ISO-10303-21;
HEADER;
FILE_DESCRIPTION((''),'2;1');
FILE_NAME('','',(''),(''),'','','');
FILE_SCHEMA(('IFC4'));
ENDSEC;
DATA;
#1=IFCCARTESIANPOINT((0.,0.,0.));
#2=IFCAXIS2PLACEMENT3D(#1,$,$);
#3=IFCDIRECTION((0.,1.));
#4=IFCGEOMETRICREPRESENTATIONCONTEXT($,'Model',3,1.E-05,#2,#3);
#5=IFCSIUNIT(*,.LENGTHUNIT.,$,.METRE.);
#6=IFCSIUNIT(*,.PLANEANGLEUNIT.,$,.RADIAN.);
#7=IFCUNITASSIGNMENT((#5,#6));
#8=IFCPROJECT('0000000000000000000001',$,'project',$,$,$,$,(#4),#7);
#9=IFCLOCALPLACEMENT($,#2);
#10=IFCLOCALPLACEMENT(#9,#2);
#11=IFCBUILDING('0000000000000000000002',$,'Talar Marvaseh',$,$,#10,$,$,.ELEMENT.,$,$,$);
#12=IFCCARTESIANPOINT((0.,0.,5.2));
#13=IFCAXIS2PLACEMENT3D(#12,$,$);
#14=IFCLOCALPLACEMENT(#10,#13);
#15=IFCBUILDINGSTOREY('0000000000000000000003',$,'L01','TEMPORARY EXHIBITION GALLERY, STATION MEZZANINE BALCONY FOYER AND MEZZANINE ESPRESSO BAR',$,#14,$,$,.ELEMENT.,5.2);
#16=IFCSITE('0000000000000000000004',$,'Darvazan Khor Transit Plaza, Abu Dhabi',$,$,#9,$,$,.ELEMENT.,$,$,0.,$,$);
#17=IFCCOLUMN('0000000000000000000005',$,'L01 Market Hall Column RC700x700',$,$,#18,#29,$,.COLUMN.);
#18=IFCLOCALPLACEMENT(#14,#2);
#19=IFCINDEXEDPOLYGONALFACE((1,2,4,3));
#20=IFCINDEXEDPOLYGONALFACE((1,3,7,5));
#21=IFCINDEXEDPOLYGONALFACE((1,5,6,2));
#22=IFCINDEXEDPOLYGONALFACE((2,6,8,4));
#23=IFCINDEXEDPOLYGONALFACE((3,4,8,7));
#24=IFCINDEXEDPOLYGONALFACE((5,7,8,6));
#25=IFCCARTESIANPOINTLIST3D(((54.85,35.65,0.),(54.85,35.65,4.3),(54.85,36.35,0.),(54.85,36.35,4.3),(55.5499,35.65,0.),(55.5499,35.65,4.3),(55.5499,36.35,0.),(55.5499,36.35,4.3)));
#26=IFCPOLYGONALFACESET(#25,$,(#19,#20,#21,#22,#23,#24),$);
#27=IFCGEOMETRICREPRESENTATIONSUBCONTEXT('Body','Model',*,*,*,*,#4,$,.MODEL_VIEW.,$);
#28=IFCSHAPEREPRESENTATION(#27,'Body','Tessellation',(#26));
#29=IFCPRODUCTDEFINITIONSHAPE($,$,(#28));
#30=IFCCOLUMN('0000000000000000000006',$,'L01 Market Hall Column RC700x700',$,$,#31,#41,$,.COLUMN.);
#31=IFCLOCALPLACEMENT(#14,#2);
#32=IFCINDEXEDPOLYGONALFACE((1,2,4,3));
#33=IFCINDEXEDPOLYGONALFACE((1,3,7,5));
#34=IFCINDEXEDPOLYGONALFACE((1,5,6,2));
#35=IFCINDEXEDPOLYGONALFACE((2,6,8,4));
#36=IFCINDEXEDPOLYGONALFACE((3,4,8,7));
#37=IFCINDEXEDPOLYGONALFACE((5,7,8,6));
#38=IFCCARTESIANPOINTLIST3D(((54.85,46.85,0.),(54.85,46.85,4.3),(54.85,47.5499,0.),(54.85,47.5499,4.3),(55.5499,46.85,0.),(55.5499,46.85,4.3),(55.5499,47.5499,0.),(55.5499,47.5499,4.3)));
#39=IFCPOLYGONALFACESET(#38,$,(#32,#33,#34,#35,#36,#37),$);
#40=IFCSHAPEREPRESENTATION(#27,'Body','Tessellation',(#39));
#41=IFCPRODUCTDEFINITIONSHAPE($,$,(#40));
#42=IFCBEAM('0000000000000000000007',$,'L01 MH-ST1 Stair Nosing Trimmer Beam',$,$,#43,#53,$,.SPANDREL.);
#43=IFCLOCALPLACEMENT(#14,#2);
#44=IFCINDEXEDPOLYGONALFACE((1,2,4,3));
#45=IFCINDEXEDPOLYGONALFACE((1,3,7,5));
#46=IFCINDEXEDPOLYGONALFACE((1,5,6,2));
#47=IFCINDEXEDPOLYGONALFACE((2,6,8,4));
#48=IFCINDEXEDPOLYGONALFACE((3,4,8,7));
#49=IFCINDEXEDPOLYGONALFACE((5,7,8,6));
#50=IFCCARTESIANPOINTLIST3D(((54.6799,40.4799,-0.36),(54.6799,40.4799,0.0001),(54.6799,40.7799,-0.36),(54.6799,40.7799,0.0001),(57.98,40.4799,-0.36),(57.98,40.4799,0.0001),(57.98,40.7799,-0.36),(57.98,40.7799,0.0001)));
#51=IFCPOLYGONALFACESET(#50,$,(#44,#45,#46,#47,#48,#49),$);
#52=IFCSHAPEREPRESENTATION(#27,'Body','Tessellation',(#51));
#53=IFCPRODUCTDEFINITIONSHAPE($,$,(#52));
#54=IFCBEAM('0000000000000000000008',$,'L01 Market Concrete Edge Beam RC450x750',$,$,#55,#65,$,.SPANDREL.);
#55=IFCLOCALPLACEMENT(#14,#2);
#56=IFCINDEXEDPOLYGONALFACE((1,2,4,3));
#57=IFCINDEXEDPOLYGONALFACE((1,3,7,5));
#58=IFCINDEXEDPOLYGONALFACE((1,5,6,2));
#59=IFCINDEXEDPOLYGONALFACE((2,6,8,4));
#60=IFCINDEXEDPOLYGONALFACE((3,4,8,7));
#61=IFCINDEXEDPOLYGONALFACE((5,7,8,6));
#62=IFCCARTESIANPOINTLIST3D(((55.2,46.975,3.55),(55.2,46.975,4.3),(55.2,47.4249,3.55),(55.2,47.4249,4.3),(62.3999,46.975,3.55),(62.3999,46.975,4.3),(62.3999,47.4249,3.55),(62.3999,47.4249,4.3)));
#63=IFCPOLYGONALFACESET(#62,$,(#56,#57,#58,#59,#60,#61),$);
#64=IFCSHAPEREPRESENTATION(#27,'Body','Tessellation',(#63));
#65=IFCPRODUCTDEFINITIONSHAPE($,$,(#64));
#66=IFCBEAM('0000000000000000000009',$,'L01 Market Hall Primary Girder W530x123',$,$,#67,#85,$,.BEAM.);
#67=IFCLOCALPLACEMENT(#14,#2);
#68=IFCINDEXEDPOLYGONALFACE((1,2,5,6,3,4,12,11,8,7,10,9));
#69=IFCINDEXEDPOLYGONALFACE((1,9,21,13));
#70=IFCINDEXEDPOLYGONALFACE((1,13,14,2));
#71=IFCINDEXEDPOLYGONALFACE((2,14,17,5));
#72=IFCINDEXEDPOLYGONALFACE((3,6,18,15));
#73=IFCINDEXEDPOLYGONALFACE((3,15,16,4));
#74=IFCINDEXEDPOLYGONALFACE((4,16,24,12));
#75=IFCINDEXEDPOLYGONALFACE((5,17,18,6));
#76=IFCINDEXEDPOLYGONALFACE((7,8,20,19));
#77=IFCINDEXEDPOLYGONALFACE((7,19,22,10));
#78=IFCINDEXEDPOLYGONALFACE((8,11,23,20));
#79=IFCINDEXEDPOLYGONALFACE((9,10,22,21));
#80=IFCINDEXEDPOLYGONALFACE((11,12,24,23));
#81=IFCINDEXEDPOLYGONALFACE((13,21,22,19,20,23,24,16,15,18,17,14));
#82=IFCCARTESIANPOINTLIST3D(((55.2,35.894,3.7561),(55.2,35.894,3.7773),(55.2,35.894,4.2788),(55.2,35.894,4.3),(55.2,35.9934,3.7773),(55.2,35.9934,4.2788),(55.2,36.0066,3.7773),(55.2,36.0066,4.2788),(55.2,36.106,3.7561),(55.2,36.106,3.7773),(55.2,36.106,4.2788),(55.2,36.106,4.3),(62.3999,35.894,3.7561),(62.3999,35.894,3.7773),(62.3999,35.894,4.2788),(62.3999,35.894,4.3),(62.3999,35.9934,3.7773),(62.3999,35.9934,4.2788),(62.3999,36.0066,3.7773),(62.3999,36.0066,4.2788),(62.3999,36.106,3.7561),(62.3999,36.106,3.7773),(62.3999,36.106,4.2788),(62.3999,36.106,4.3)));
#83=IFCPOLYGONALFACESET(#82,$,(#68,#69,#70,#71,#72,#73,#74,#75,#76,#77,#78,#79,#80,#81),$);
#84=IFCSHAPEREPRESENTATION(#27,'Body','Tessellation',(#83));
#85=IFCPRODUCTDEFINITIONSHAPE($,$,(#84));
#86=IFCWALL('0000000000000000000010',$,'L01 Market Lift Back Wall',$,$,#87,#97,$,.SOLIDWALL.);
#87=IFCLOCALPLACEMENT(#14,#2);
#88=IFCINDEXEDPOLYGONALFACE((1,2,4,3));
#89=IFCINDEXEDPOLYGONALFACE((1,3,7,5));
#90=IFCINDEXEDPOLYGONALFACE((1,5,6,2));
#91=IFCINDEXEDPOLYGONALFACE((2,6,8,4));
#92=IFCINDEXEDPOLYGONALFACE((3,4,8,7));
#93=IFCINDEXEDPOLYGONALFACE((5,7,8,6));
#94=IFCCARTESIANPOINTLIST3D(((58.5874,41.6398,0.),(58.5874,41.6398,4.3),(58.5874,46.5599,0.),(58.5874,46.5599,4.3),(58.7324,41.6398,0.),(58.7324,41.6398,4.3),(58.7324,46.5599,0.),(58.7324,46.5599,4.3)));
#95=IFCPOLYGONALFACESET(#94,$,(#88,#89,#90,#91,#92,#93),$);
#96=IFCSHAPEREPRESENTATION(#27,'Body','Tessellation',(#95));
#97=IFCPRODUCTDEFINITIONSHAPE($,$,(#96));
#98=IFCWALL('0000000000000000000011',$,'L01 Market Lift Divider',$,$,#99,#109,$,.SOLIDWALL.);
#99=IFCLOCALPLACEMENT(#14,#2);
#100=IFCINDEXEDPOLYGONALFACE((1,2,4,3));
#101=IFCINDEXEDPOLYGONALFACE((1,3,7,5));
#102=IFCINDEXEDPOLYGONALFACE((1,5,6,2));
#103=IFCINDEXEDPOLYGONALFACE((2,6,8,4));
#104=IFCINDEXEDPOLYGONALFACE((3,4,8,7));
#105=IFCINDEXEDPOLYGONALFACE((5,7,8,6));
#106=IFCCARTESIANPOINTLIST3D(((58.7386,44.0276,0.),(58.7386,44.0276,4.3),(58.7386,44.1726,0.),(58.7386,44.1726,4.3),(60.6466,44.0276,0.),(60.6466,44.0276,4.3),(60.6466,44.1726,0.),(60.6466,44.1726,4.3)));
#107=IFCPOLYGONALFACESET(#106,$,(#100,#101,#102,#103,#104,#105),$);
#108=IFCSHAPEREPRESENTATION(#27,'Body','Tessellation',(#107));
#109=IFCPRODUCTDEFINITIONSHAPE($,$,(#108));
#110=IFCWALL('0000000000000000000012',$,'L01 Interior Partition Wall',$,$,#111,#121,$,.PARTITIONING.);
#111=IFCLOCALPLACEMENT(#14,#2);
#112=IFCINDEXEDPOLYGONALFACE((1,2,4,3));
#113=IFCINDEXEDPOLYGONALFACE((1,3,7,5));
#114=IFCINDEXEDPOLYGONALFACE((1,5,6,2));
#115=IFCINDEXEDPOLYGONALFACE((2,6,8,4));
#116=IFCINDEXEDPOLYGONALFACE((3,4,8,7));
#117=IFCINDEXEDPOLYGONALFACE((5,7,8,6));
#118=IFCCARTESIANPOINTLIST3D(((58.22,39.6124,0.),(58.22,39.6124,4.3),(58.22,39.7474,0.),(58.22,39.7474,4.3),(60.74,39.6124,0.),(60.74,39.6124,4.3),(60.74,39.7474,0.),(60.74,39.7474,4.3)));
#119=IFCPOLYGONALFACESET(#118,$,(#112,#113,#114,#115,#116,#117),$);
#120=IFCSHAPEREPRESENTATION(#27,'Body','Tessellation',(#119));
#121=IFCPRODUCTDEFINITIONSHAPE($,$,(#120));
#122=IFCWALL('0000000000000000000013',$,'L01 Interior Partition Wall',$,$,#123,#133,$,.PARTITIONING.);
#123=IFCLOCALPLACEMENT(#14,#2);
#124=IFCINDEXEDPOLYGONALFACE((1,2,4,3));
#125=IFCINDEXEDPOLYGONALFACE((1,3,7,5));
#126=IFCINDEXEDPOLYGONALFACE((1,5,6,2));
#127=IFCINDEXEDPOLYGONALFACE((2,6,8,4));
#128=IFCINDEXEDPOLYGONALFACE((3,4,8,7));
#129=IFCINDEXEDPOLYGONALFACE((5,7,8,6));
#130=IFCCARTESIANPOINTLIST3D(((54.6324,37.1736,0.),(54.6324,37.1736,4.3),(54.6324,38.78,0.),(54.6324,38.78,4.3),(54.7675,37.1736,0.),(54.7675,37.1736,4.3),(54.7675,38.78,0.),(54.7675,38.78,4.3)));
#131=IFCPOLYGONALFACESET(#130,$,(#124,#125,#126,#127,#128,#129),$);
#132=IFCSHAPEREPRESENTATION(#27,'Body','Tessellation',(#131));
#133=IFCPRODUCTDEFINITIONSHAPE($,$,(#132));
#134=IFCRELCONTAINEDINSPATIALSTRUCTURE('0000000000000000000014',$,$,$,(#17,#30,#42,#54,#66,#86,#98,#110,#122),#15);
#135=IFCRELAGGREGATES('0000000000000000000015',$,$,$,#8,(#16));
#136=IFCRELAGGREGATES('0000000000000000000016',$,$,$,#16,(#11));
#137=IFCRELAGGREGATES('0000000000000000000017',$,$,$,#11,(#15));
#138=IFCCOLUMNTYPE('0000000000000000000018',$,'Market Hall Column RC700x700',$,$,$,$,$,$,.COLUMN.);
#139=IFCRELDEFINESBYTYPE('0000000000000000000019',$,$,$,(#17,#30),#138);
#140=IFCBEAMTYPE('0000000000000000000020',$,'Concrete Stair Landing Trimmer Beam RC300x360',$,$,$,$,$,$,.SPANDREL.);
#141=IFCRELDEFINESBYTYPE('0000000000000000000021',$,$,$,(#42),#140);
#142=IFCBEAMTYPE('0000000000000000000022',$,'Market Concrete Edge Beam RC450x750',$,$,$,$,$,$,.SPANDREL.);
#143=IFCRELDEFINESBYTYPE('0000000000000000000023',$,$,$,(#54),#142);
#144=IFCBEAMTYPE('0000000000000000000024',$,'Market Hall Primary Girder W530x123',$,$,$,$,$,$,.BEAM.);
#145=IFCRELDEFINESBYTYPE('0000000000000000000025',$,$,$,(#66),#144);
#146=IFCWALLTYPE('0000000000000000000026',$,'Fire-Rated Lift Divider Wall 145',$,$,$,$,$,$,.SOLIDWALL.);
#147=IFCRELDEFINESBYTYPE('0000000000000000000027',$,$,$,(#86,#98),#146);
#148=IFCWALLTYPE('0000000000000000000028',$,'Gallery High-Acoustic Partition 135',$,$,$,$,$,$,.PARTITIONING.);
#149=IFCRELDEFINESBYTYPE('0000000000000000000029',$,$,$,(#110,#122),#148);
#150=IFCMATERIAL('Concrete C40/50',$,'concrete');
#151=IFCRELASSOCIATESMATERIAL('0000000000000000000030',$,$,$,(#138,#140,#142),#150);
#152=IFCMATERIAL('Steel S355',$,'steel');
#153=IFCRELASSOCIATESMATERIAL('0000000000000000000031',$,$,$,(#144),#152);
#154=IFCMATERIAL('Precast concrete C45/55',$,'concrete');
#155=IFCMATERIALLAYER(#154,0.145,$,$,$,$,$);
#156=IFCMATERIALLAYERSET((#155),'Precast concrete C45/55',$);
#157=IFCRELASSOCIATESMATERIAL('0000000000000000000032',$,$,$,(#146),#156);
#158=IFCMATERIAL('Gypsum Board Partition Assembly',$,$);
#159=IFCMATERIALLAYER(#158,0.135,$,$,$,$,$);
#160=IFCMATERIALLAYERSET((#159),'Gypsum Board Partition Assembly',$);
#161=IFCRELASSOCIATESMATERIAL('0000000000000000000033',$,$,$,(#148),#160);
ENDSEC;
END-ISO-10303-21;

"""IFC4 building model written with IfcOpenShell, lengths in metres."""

from ifc_helpers import new_model, si_unit, direction, frame, frame_2d, origin, origin_2d, place, context, subcontext, project, spatial, rectangle, i_section, extrude, material, layer, layer_set, material_profile, profile_set, type_object, element, save


model = new_model("IFC4")

# Units and contexts
model_context = context("Model", 3, precision=1e-05, world=origin(), true_north=direction((0.0, 1.0)))
body_context = subcontext(model_context, "Body", "Model", "MODEL_VIEW")
ifc_project = project(units=[si_unit("LENGTHUNIT", "METRE"), si_unit("PLANEANGLEUNIT", "RADIAN")], contexts=[model_context])

# Site, building, storey
site_placement = place(None, origin())
site = spatial("IfcSite", under=ifc_project, at=site_placement, Name="Darvazan Khor Transit Plaza, Abu Dhabi", CompositionType="ELEMENT", RefElevation=0.0)
building_placement = place(site_placement, origin())
building = spatial("IfcBuilding", under=site, at=building_placement, Name="Talar Marvaseh", CompositionType="ELEMENT")
storey_placement = place(building_placement, frame((0.0, 0.0, 5.2)))
storey = spatial("IfcBuildingStorey", under=building, at=storey_placement, Name="L01", Description="TEMPORARY EXHIBITION GALLERY, STATION MEZZANINE BALCONY FOYER AND MEZZANINE ESPRESSO BAR", CompositionType="ELEMENT", Elevation=5.2)

# Columns
ifc_material_1 = material(Name="Concrete C40/50", Category="concrete")
ifc_material_profile_1 = material_profile(ifc_material_1, rectangle(XDim=0.7, YDim=0.7, at=origin_2d()), Name="RC700x700")
ifc_profile_set_1 = profile_set([ifc_material_profile_1], Name="Concrete C40/50")
column_type = type_object("IfcColumnType", Name="Market Hall Column RC700x700", PredefinedType="COLUMN", material=ifc_profile_set_1)
for number, where, z_axis, x_axis, name in (
    (1, (55.2, 36.0, 0.0), (0.0, 0.0, 1.0), (1.0, 0.0, 0.0), "L01 Market Hall Column RC700x700"),
    (2, (55.2, 47.2, 0.0), (0.0, 0.0, 1.0), (1.0, 0.0, 0.0), "L01 Market Hall Column RC700x700"),
):
    element("IfcColumn", number, at=place(storey_placement, frame(where, z_axis=z_axis, x_axis=x_axis)), inside=storey, type_object=column_type, Name=name, PredefinedType="COLUMN", context=body_context, shape_type="SweptSolid", body=[
        extrude(rectangle(XDim=0.7, YDim=0.7, at=origin_2d()), origin(), (0.0, 0.0, 1.0), 4.3),
    ])

# Beams
ifc_material_profile_2 = material_profile(ifc_material_1, rectangle(XDim=0.3, YDim=0.3601, at=origin_2d()), Name="RC300x360")
ifc_profile_set_2 = profile_set([ifc_material_profile_2], Name="Concrete C40/50")
beam_type_1 = type_object("IfcBeamType", Name="Concrete Stair Landing Trimmer Beam RC300x360", PredefinedType="SPANDREL", material=ifc_profile_set_2)
beam_1_placement = place(storey_placement, frame((57.98, 40.6299, -0.1799), z_axis=(-1.0, 0.0, 0.0), x_axis=(0.0, -1.0, 0.0)))
element("IfcBeam", 3, at=beam_1_placement, inside=storey, type_object=beam_type_1, Name="L01 MH-ST1 Stair Nosing Trimmer Beam", PredefinedType="SPANDREL", context=body_context, shape_type="SweptSolid", body=[
    extrude(rectangle(XDim=0.3, YDim=0.3601, at=origin_2d()), origin(), (0.0, 0.0, 1.0), 3.3),
])
ifc_material_profile_3 = material_profile(ifc_material_1, rectangle(XDim=0.45, YDim=0.75, at=origin_2d()), Name="RC450x750")
ifc_profile_set_3 = profile_set([ifc_material_profile_3], Name="Concrete C40/50")
beam_type_2 = type_object("IfcBeamType", Name="Market Concrete Edge Beam RC450x750", PredefinedType="SPANDREL", material=ifc_profile_set_3)
beam_2_placement = place(storey_placement, frame((55.2, 47.2, 3.925), z_axis=(1.0, 0.0, 0.0), x_axis=(0.0, 1.0, 0.0)))
element("IfcBeam", 4, at=beam_2_placement, inside=storey, type_object=beam_type_2, Name="L01 Market Concrete Edge Beam RC450x750", PredefinedType="SPANDREL", context=body_context, shape_type="SweptSolid", body=[
    extrude(rectangle(XDim=0.45, YDim=0.75, at=origin_2d()), origin(), (0.0, 0.0, 1.0), 7.2),
])
ifc_material_2 = material(Name="Steel S355", Category="steel")
ifc_material_profile_4 = material_profile(ifc_material_2, i_section(OverallWidth=0.2119, OverallDepth=0.5439, WebThickness=0.0132, FlangeThickness=0.0212, at=origin_2d()), Name="W530x123")
ifc_profile_set_4 = profile_set([ifc_material_profile_4], Name="Steel S355")
beam_type_3 = type_object("IfcBeamType", Name="Market Hall Primary Girder W530x123", PredefinedType="BEAM", material=ifc_profile_set_4)
beam_3_placement = place(storey_placement, frame((55.2, 36.0, 4.0281), z_axis=(1.0, 0.0, 0.0), x_axis=(0.0, 1.0, 0.0)))
element("IfcBeam", 5, at=beam_3_placement, inside=storey, type_object=beam_type_3, Name="L01 Market Hall Primary Girder W530x123", PredefinedType="BEAM", context=body_context, shape_type="SweptSolid", body=[
    extrude(i_section(OverallWidth=0.2119, OverallDepth=0.5439, WebThickness=0.0132, FlangeThickness=0.0212, at=origin_2d()), origin(), (0.0, 0.0, 1.0), 7.2),
])

# Walls
ifc_material_3 = material(Name="Precast concrete C45/55", Category="concrete")
ifc_layer_1 = layer(ifc_material_3, 0.145)
ifc_layer_set_1 = layer_set([ifc_layer_1], Name="Precast concrete C45/55")
wall_type_1 = type_object("IfcWallType", Name="Fire-Rated Lift Divider Wall 145", PredefinedType="SOLIDWALL", material=ifc_layer_set_1)
wall_1_placement = place(storey_placement, frame((58.6599, 41.6399, 0.0), z_axis=(0.0, 0.0, 1.0), x_axis=(0.0, 1.0, 0.0)))
element("IfcWall", 6, at=wall_1_placement, inside=storey, type_object=wall_type_1, Name="L01 Market Lift Back Wall", PredefinedType="SOLIDWALL", context=body_context, shape_type="SweptSolid", body=[
    extrude(rectangle(XDim=4.9202, YDim=0.145, at=frame_2d((2.46, 0.0))), origin(), (0.0, 0.0, 1.0), 4.3),
])
wall_2_placement = place(storey_placement, frame((58.7385, 44.1001, 0.0), z_axis=(0.0, 0.0, 1.0), x_axis=(1.0, 0.0, 0.0)))
element("IfcWall", 7, at=wall_2_placement, inside=storey, type_object=wall_type_1, Name="L01 Market Lift Divider", PredefinedType="SOLIDWALL", context=body_context, shape_type="SweptSolid", body=[
    extrude(rectangle(XDim=1.908, YDim=0.145, at=frame_2d((0.9541, 0.0))), origin(), (0.0, 0.0, 1.0), 4.3),
])
ifc_material_4 = material(Name="Gypsum Board Partition Assembly")
ifc_layer_2 = layer(ifc_material_4, 0.135)
ifc_layer_set_2 = layer_set([ifc_layer_2], Name="Gypsum Board Partition Assembly")
wall_type_2 = type_object("IfcWallType", Name="Gallery High-Acoustic Partition 135", PredefinedType="PARTITIONING", material=ifc_layer_set_2)
wall_3_placement = place(storey_placement, frame((58.22, 39.6799, 0.0), z_axis=(0.0, 0.0, 1.0), x_axis=(1.0, 0.0, 0.0)))
element("IfcWall", 8, at=wall_3_placement, inside=storey, type_object=wall_type_2, Name="L01 Interior Partition Wall", PredefinedType="PARTITIONING", context=body_context, shape_type="SweptSolid", body=[
    extrude(rectangle(XDim=2.52, YDim=0.135, at=frame_2d((1.26, 0.0))), origin(), (0.0, 0.0, 1.0), 4.3),
])
wall_4_placement = place(storey_placement, frame((54.7, 37.1736, 0.0), z_axis=(0.0, 0.0, 1.0), x_axis=(0.0, 1.0, 0.0)))
element("IfcWall", 9, at=wall_4_placement, inside=storey, type_object=wall_type_2, Name="L01 Interior Partition Wall", PredefinedType="PARTITIONING", context=body_context, shape_type="SweptSolid", body=[
    extrude(rectangle(XDim=1.6064, YDim=0.135, at=frame_2d((0.8032, 0.0))), origin(), (0.0, 0.0, 1.0), 4.3),
])

save(model, "model.ifc")
